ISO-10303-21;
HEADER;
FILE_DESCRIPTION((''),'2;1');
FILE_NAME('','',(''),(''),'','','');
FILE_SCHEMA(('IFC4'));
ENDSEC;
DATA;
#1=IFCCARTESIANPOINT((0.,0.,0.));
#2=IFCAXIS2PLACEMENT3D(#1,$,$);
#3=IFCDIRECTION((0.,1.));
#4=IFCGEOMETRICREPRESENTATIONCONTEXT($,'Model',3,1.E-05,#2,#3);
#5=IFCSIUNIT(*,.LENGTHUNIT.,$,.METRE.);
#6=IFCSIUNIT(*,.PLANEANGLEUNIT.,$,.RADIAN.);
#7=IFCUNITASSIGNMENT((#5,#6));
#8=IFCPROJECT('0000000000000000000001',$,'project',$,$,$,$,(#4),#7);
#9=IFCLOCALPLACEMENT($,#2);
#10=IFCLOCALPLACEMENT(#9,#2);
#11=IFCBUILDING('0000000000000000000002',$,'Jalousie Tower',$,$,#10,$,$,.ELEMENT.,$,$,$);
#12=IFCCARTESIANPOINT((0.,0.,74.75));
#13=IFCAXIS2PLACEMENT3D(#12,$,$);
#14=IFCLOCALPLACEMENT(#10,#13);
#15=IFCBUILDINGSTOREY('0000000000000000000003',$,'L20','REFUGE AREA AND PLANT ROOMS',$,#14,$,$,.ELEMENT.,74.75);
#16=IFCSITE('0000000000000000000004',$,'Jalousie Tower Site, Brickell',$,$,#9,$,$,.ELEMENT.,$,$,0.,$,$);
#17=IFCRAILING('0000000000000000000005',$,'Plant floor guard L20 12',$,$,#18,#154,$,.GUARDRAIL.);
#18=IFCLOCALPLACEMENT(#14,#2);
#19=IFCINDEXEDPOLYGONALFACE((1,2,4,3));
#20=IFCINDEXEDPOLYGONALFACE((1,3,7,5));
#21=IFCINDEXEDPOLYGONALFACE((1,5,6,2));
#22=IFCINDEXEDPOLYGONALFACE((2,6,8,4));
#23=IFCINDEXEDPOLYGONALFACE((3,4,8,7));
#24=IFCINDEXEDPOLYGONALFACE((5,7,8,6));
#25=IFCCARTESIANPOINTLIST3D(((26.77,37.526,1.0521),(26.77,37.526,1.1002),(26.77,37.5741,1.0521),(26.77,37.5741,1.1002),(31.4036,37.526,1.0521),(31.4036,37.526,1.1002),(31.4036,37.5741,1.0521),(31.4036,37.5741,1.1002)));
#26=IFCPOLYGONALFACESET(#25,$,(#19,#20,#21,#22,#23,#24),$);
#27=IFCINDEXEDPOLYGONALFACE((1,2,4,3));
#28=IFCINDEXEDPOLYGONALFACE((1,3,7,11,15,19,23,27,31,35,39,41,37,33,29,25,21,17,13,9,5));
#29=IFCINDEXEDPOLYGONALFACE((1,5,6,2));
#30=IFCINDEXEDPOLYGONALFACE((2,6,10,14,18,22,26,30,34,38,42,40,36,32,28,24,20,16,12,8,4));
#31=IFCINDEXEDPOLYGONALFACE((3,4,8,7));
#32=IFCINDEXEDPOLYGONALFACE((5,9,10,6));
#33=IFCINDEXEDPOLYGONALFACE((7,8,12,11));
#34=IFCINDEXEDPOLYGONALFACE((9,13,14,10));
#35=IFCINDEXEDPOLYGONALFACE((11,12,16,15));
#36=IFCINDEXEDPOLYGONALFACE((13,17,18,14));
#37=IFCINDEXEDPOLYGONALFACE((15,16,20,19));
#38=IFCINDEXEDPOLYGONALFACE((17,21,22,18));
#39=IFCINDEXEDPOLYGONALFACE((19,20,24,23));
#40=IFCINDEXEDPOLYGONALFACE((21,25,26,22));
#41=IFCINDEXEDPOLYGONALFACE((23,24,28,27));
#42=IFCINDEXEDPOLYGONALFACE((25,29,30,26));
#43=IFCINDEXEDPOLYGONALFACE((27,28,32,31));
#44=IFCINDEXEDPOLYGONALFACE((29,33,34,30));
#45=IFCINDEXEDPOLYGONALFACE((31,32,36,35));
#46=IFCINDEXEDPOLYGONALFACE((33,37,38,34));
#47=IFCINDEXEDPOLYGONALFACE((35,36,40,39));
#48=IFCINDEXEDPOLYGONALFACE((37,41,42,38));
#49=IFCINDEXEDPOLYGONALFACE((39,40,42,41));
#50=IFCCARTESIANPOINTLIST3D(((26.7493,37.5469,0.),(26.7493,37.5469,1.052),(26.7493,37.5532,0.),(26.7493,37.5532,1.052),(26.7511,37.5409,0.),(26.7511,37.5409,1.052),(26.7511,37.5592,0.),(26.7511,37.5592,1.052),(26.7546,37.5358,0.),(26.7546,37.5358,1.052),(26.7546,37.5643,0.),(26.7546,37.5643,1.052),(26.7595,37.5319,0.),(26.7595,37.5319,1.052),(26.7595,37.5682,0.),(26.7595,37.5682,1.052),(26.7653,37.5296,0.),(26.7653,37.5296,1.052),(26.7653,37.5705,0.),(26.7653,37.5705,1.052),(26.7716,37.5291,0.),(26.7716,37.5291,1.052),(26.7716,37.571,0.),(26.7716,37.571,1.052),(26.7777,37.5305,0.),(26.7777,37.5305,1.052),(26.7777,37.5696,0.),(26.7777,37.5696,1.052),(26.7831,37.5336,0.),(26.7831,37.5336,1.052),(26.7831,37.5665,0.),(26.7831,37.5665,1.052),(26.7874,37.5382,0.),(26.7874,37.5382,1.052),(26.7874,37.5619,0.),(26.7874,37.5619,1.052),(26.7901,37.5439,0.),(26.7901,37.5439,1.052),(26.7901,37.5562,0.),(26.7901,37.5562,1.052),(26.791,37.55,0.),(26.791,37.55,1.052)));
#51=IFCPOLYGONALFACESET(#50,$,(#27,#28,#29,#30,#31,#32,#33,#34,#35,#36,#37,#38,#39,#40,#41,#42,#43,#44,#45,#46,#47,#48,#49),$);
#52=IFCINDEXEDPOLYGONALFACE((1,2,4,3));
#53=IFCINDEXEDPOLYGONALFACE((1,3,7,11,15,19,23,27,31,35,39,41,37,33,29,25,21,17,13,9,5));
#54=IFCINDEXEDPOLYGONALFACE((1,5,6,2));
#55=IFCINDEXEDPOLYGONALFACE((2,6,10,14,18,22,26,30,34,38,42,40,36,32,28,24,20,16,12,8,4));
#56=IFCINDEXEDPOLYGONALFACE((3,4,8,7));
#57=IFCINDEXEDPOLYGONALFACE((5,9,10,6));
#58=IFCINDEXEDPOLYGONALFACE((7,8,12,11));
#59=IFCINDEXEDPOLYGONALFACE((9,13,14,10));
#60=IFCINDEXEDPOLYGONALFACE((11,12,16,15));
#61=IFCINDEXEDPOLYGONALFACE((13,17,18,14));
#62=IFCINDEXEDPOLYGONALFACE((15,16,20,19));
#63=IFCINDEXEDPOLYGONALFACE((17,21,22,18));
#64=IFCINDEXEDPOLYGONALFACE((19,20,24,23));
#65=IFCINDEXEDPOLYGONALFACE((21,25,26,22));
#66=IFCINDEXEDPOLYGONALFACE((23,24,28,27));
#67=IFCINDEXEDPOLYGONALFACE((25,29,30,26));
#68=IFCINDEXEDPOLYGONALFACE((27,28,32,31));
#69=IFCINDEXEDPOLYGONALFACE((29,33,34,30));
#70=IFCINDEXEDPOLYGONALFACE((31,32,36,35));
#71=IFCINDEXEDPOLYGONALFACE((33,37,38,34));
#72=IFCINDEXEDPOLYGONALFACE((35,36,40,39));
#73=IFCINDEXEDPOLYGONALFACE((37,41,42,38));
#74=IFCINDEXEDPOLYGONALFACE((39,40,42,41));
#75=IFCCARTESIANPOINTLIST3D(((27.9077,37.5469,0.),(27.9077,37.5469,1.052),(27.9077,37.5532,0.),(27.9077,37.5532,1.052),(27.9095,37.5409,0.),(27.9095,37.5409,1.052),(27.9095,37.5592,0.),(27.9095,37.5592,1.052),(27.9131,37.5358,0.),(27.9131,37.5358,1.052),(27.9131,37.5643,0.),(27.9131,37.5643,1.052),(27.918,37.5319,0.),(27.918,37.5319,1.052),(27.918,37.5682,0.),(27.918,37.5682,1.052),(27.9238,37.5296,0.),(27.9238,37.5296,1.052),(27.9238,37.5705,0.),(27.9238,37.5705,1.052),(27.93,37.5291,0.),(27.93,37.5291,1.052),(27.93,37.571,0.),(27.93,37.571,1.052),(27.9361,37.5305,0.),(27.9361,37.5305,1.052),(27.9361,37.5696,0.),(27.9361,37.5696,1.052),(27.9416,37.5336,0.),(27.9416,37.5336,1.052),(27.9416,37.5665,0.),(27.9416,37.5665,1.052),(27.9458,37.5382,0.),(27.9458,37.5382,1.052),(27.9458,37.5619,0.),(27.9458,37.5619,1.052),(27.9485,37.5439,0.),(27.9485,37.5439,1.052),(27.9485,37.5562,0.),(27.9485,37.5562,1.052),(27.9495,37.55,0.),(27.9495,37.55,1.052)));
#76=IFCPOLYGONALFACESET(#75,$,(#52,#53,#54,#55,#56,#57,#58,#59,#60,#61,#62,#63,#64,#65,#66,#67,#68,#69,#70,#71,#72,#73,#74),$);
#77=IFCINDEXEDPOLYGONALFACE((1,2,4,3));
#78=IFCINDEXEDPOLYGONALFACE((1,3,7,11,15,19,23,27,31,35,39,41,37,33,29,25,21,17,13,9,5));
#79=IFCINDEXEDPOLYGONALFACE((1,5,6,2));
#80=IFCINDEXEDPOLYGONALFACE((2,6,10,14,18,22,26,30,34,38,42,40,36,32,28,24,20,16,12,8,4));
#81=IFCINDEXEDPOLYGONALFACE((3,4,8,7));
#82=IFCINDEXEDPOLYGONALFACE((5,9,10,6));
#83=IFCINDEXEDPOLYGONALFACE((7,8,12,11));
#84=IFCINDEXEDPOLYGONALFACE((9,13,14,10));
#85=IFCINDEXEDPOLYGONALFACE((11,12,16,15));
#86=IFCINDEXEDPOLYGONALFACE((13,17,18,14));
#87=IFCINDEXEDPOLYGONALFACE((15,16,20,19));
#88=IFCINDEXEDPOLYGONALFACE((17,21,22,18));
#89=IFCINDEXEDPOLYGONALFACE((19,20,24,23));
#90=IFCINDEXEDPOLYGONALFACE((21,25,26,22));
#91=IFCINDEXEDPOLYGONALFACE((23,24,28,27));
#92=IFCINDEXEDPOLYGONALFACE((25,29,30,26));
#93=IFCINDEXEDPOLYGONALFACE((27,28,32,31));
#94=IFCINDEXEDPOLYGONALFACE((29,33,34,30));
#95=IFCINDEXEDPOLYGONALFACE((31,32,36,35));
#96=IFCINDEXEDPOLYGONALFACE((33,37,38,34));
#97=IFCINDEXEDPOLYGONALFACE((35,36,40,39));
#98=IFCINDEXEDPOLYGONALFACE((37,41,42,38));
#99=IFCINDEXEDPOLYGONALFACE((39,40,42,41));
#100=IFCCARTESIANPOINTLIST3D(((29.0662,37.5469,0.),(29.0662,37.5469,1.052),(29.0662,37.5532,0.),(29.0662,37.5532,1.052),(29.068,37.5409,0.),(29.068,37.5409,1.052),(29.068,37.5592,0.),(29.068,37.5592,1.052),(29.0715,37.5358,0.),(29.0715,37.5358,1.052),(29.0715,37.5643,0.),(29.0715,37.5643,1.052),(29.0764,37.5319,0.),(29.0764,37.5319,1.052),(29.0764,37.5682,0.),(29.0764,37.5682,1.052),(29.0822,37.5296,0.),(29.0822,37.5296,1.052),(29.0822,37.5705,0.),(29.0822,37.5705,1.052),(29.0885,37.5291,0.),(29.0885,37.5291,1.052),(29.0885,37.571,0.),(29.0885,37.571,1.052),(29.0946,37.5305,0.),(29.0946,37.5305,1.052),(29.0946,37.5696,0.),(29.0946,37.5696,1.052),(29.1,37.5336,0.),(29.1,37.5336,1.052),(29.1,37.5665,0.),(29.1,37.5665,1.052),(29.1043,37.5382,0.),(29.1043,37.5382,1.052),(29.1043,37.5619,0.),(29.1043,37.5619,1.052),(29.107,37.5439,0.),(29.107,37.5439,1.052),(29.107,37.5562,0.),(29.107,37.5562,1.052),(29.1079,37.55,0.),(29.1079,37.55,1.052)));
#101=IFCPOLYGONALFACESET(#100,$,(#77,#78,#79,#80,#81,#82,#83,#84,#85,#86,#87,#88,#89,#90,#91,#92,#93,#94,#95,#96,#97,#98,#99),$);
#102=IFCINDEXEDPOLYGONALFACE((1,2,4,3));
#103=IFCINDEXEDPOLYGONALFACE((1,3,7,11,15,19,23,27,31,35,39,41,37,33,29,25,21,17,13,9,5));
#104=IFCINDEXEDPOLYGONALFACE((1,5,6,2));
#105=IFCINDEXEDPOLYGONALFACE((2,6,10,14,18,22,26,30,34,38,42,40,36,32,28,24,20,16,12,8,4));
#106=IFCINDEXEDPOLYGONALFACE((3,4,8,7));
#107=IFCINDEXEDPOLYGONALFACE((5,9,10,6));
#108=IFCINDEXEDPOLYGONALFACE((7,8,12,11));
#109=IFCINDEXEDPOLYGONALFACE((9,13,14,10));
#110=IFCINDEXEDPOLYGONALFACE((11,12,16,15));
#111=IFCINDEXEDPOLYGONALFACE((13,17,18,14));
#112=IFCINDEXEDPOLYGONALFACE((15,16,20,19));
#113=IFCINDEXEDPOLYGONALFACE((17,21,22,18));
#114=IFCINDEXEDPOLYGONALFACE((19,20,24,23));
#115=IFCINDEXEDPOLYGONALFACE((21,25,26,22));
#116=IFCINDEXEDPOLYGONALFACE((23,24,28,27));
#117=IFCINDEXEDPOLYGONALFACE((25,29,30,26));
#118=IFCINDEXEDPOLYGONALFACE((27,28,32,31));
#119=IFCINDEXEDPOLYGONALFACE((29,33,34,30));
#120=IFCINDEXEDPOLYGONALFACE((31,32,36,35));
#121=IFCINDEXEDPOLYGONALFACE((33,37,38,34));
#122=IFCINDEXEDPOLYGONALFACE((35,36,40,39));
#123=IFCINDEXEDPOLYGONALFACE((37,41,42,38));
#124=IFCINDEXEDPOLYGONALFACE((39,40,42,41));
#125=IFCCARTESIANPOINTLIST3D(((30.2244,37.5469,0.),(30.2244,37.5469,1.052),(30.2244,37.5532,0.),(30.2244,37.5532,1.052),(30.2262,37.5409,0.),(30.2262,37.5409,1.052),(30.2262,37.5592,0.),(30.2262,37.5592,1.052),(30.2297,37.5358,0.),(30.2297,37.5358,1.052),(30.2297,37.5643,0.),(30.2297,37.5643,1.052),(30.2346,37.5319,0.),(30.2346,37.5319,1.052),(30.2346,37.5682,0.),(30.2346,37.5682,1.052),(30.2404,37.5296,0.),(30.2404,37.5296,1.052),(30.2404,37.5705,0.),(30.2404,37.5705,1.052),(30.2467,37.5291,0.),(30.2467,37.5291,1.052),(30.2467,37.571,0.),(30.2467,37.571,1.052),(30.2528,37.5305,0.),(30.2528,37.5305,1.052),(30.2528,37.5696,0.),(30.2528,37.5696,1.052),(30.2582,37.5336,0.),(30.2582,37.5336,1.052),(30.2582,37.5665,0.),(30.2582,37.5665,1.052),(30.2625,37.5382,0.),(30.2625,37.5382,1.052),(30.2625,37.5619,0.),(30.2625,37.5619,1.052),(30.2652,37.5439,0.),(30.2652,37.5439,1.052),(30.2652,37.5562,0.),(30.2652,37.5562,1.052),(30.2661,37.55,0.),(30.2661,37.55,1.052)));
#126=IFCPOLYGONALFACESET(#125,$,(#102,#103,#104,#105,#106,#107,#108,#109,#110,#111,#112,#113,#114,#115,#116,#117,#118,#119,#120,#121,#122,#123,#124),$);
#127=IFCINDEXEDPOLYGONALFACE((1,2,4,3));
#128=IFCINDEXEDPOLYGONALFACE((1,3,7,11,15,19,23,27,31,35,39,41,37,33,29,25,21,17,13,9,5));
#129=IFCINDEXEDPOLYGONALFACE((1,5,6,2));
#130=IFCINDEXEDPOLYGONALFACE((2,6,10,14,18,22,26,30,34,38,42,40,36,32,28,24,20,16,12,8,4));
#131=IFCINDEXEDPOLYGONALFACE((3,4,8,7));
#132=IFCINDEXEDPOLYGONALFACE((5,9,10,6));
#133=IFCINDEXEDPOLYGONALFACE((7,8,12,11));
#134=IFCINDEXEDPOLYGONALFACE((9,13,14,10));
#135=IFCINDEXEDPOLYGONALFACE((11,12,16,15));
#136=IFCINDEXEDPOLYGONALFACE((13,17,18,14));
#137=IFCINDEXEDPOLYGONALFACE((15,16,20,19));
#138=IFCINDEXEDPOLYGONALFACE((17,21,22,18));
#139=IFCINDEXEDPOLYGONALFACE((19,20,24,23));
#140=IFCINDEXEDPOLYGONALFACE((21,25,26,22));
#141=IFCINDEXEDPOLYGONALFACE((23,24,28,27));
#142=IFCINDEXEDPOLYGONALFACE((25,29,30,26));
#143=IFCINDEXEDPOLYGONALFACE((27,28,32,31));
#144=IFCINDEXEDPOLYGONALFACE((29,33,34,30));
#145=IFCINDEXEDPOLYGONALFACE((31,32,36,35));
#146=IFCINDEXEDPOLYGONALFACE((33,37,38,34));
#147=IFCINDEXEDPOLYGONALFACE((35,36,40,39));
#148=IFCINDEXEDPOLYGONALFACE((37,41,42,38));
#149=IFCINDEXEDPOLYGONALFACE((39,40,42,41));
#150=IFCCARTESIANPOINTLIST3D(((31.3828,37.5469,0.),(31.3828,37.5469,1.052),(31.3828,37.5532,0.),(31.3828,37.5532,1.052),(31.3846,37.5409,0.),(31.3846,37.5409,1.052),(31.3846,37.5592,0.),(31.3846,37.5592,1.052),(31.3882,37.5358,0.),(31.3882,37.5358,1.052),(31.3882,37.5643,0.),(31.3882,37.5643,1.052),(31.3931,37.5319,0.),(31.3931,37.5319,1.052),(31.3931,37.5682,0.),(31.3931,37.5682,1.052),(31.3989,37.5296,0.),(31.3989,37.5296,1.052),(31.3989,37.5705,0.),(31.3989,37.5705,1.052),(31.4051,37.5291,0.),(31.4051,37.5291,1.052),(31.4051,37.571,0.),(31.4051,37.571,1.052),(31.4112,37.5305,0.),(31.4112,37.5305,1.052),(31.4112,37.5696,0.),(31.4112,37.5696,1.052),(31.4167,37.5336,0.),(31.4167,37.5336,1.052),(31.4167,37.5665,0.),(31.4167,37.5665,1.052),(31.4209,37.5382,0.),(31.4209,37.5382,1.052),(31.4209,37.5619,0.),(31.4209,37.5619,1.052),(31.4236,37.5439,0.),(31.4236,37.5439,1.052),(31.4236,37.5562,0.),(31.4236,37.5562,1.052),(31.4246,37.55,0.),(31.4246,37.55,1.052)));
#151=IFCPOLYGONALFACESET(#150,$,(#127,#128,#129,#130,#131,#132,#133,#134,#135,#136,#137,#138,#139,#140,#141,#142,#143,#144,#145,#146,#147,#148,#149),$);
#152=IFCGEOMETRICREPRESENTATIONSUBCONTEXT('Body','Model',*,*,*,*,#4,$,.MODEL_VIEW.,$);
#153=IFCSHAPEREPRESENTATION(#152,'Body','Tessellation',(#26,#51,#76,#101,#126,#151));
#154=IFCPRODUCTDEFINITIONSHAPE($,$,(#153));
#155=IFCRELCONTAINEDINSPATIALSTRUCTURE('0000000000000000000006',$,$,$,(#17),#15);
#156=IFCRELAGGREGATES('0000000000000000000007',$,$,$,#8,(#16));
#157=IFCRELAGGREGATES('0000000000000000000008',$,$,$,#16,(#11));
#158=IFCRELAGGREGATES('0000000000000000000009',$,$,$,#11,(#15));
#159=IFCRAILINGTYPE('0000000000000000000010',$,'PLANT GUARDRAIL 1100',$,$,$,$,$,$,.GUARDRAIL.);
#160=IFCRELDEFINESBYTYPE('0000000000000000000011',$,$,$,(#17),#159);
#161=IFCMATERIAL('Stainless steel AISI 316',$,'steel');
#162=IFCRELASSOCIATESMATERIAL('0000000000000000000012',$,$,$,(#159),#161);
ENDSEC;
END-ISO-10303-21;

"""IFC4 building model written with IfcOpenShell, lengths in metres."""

from ifc_helpers import new_model, si_unit, direction, frame, origin, origin_2d, place, context, subcontext, project, spatial, rectangle, circle, extrude, material, type_object, element, save


model = new_model("IFC4")

# Units and contexts
model_context = context("Model", 3, precision=1e-05, world=origin(), true_north=direction((0.0, 1.0)))
body_context = subcontext(model_context, "Body", "Model", "MODEL_VIEW")
ifc_project = project(units=[si_unit("LENGTHUNIT", "METRE"), si_unit("PLANEANGLEUNIT", "RADIAN")], contexts=[model_context])

# Site, building, storey
site_placement = place(None, origin())
site = spatial("IfcSite", under=ifc_project, at=site_placement, Name="Jalousie Tower Site, Brickell", CompositionType="ELEMENT", RefElevation=0.0)
building_placement = place(site_placement, origin())
building = spatial("IfcBuilding", under=site, at=building_placement, Name="Jalousie Tower", CompositionType="ELEMENT")
storey_placement = place(building_placement, frame((0.0, 0.0, 74.75)))
storey = spatial("IfcBuildingStorey", under=building, at=storey_placement, Name="L20", Description="REFUGE AREA AND PLANT ROOMS", CompositionType="ELEMENT", Elevation=74.75)

# Railing
ifc_material_1 = material(Name="Stainless steel AISI 316", Category="steel")
railing_type = type_object("IfcRailingType", Name="PLANT GUARDRAIL 1100", PredefinedType="GUARDRAIL", material=ifc_material_1)
railing_1_placement = place(storey_placement, frame((26.77, 37.55, 0.0)))
element("IfcRailing", 1, at=railing_1_placement, inside=storey, type_object=railing_type, Name="Plant floor guard L20 12", PredefinedType="GUARDRAIL", context=body_context, shape_type="SweptSolid", body=[
    extrude(rectangle(XDim=0.0481, YDim=0.0481, at=origin_2d()), frame((0.0, 0.0, 1.0762), z_axis=(1.0, 0.0, 0.0), x_axis=(0.0, 1.0, 0.0)), (0.0, 0.0, 1.0), 4.6335),
    extrude(circle(Radius=0.021, at=origin_2d()), origin(), (0.0, 0.0, 1.0), 1.052),
    extrude(circle(Radius=0.021, at=origin_2d()), frame((1.1584, 0.0, 0.0)), (0.0, 0.0, 1.0), 1.052),
    extrude(circle(Radius=0.021, at=origin_2d()), frame((2.3169, 0.0, 0.0)), (0.0, 0.0, 1.0), 1.052),
    extrude(circle(Radius=0.021, at=origin_2d()), frame((3.4751, 0.0, 0.0)), (0.0, 0.0, 1.0), 1.052),
    extrude(circle(Radius=0.021, at=origin_2d()), frame((4.6335, 0.0, 0.0)), (0.0, 0.0, 1.0), 1.052),
])

save(model, "model.ifc")
